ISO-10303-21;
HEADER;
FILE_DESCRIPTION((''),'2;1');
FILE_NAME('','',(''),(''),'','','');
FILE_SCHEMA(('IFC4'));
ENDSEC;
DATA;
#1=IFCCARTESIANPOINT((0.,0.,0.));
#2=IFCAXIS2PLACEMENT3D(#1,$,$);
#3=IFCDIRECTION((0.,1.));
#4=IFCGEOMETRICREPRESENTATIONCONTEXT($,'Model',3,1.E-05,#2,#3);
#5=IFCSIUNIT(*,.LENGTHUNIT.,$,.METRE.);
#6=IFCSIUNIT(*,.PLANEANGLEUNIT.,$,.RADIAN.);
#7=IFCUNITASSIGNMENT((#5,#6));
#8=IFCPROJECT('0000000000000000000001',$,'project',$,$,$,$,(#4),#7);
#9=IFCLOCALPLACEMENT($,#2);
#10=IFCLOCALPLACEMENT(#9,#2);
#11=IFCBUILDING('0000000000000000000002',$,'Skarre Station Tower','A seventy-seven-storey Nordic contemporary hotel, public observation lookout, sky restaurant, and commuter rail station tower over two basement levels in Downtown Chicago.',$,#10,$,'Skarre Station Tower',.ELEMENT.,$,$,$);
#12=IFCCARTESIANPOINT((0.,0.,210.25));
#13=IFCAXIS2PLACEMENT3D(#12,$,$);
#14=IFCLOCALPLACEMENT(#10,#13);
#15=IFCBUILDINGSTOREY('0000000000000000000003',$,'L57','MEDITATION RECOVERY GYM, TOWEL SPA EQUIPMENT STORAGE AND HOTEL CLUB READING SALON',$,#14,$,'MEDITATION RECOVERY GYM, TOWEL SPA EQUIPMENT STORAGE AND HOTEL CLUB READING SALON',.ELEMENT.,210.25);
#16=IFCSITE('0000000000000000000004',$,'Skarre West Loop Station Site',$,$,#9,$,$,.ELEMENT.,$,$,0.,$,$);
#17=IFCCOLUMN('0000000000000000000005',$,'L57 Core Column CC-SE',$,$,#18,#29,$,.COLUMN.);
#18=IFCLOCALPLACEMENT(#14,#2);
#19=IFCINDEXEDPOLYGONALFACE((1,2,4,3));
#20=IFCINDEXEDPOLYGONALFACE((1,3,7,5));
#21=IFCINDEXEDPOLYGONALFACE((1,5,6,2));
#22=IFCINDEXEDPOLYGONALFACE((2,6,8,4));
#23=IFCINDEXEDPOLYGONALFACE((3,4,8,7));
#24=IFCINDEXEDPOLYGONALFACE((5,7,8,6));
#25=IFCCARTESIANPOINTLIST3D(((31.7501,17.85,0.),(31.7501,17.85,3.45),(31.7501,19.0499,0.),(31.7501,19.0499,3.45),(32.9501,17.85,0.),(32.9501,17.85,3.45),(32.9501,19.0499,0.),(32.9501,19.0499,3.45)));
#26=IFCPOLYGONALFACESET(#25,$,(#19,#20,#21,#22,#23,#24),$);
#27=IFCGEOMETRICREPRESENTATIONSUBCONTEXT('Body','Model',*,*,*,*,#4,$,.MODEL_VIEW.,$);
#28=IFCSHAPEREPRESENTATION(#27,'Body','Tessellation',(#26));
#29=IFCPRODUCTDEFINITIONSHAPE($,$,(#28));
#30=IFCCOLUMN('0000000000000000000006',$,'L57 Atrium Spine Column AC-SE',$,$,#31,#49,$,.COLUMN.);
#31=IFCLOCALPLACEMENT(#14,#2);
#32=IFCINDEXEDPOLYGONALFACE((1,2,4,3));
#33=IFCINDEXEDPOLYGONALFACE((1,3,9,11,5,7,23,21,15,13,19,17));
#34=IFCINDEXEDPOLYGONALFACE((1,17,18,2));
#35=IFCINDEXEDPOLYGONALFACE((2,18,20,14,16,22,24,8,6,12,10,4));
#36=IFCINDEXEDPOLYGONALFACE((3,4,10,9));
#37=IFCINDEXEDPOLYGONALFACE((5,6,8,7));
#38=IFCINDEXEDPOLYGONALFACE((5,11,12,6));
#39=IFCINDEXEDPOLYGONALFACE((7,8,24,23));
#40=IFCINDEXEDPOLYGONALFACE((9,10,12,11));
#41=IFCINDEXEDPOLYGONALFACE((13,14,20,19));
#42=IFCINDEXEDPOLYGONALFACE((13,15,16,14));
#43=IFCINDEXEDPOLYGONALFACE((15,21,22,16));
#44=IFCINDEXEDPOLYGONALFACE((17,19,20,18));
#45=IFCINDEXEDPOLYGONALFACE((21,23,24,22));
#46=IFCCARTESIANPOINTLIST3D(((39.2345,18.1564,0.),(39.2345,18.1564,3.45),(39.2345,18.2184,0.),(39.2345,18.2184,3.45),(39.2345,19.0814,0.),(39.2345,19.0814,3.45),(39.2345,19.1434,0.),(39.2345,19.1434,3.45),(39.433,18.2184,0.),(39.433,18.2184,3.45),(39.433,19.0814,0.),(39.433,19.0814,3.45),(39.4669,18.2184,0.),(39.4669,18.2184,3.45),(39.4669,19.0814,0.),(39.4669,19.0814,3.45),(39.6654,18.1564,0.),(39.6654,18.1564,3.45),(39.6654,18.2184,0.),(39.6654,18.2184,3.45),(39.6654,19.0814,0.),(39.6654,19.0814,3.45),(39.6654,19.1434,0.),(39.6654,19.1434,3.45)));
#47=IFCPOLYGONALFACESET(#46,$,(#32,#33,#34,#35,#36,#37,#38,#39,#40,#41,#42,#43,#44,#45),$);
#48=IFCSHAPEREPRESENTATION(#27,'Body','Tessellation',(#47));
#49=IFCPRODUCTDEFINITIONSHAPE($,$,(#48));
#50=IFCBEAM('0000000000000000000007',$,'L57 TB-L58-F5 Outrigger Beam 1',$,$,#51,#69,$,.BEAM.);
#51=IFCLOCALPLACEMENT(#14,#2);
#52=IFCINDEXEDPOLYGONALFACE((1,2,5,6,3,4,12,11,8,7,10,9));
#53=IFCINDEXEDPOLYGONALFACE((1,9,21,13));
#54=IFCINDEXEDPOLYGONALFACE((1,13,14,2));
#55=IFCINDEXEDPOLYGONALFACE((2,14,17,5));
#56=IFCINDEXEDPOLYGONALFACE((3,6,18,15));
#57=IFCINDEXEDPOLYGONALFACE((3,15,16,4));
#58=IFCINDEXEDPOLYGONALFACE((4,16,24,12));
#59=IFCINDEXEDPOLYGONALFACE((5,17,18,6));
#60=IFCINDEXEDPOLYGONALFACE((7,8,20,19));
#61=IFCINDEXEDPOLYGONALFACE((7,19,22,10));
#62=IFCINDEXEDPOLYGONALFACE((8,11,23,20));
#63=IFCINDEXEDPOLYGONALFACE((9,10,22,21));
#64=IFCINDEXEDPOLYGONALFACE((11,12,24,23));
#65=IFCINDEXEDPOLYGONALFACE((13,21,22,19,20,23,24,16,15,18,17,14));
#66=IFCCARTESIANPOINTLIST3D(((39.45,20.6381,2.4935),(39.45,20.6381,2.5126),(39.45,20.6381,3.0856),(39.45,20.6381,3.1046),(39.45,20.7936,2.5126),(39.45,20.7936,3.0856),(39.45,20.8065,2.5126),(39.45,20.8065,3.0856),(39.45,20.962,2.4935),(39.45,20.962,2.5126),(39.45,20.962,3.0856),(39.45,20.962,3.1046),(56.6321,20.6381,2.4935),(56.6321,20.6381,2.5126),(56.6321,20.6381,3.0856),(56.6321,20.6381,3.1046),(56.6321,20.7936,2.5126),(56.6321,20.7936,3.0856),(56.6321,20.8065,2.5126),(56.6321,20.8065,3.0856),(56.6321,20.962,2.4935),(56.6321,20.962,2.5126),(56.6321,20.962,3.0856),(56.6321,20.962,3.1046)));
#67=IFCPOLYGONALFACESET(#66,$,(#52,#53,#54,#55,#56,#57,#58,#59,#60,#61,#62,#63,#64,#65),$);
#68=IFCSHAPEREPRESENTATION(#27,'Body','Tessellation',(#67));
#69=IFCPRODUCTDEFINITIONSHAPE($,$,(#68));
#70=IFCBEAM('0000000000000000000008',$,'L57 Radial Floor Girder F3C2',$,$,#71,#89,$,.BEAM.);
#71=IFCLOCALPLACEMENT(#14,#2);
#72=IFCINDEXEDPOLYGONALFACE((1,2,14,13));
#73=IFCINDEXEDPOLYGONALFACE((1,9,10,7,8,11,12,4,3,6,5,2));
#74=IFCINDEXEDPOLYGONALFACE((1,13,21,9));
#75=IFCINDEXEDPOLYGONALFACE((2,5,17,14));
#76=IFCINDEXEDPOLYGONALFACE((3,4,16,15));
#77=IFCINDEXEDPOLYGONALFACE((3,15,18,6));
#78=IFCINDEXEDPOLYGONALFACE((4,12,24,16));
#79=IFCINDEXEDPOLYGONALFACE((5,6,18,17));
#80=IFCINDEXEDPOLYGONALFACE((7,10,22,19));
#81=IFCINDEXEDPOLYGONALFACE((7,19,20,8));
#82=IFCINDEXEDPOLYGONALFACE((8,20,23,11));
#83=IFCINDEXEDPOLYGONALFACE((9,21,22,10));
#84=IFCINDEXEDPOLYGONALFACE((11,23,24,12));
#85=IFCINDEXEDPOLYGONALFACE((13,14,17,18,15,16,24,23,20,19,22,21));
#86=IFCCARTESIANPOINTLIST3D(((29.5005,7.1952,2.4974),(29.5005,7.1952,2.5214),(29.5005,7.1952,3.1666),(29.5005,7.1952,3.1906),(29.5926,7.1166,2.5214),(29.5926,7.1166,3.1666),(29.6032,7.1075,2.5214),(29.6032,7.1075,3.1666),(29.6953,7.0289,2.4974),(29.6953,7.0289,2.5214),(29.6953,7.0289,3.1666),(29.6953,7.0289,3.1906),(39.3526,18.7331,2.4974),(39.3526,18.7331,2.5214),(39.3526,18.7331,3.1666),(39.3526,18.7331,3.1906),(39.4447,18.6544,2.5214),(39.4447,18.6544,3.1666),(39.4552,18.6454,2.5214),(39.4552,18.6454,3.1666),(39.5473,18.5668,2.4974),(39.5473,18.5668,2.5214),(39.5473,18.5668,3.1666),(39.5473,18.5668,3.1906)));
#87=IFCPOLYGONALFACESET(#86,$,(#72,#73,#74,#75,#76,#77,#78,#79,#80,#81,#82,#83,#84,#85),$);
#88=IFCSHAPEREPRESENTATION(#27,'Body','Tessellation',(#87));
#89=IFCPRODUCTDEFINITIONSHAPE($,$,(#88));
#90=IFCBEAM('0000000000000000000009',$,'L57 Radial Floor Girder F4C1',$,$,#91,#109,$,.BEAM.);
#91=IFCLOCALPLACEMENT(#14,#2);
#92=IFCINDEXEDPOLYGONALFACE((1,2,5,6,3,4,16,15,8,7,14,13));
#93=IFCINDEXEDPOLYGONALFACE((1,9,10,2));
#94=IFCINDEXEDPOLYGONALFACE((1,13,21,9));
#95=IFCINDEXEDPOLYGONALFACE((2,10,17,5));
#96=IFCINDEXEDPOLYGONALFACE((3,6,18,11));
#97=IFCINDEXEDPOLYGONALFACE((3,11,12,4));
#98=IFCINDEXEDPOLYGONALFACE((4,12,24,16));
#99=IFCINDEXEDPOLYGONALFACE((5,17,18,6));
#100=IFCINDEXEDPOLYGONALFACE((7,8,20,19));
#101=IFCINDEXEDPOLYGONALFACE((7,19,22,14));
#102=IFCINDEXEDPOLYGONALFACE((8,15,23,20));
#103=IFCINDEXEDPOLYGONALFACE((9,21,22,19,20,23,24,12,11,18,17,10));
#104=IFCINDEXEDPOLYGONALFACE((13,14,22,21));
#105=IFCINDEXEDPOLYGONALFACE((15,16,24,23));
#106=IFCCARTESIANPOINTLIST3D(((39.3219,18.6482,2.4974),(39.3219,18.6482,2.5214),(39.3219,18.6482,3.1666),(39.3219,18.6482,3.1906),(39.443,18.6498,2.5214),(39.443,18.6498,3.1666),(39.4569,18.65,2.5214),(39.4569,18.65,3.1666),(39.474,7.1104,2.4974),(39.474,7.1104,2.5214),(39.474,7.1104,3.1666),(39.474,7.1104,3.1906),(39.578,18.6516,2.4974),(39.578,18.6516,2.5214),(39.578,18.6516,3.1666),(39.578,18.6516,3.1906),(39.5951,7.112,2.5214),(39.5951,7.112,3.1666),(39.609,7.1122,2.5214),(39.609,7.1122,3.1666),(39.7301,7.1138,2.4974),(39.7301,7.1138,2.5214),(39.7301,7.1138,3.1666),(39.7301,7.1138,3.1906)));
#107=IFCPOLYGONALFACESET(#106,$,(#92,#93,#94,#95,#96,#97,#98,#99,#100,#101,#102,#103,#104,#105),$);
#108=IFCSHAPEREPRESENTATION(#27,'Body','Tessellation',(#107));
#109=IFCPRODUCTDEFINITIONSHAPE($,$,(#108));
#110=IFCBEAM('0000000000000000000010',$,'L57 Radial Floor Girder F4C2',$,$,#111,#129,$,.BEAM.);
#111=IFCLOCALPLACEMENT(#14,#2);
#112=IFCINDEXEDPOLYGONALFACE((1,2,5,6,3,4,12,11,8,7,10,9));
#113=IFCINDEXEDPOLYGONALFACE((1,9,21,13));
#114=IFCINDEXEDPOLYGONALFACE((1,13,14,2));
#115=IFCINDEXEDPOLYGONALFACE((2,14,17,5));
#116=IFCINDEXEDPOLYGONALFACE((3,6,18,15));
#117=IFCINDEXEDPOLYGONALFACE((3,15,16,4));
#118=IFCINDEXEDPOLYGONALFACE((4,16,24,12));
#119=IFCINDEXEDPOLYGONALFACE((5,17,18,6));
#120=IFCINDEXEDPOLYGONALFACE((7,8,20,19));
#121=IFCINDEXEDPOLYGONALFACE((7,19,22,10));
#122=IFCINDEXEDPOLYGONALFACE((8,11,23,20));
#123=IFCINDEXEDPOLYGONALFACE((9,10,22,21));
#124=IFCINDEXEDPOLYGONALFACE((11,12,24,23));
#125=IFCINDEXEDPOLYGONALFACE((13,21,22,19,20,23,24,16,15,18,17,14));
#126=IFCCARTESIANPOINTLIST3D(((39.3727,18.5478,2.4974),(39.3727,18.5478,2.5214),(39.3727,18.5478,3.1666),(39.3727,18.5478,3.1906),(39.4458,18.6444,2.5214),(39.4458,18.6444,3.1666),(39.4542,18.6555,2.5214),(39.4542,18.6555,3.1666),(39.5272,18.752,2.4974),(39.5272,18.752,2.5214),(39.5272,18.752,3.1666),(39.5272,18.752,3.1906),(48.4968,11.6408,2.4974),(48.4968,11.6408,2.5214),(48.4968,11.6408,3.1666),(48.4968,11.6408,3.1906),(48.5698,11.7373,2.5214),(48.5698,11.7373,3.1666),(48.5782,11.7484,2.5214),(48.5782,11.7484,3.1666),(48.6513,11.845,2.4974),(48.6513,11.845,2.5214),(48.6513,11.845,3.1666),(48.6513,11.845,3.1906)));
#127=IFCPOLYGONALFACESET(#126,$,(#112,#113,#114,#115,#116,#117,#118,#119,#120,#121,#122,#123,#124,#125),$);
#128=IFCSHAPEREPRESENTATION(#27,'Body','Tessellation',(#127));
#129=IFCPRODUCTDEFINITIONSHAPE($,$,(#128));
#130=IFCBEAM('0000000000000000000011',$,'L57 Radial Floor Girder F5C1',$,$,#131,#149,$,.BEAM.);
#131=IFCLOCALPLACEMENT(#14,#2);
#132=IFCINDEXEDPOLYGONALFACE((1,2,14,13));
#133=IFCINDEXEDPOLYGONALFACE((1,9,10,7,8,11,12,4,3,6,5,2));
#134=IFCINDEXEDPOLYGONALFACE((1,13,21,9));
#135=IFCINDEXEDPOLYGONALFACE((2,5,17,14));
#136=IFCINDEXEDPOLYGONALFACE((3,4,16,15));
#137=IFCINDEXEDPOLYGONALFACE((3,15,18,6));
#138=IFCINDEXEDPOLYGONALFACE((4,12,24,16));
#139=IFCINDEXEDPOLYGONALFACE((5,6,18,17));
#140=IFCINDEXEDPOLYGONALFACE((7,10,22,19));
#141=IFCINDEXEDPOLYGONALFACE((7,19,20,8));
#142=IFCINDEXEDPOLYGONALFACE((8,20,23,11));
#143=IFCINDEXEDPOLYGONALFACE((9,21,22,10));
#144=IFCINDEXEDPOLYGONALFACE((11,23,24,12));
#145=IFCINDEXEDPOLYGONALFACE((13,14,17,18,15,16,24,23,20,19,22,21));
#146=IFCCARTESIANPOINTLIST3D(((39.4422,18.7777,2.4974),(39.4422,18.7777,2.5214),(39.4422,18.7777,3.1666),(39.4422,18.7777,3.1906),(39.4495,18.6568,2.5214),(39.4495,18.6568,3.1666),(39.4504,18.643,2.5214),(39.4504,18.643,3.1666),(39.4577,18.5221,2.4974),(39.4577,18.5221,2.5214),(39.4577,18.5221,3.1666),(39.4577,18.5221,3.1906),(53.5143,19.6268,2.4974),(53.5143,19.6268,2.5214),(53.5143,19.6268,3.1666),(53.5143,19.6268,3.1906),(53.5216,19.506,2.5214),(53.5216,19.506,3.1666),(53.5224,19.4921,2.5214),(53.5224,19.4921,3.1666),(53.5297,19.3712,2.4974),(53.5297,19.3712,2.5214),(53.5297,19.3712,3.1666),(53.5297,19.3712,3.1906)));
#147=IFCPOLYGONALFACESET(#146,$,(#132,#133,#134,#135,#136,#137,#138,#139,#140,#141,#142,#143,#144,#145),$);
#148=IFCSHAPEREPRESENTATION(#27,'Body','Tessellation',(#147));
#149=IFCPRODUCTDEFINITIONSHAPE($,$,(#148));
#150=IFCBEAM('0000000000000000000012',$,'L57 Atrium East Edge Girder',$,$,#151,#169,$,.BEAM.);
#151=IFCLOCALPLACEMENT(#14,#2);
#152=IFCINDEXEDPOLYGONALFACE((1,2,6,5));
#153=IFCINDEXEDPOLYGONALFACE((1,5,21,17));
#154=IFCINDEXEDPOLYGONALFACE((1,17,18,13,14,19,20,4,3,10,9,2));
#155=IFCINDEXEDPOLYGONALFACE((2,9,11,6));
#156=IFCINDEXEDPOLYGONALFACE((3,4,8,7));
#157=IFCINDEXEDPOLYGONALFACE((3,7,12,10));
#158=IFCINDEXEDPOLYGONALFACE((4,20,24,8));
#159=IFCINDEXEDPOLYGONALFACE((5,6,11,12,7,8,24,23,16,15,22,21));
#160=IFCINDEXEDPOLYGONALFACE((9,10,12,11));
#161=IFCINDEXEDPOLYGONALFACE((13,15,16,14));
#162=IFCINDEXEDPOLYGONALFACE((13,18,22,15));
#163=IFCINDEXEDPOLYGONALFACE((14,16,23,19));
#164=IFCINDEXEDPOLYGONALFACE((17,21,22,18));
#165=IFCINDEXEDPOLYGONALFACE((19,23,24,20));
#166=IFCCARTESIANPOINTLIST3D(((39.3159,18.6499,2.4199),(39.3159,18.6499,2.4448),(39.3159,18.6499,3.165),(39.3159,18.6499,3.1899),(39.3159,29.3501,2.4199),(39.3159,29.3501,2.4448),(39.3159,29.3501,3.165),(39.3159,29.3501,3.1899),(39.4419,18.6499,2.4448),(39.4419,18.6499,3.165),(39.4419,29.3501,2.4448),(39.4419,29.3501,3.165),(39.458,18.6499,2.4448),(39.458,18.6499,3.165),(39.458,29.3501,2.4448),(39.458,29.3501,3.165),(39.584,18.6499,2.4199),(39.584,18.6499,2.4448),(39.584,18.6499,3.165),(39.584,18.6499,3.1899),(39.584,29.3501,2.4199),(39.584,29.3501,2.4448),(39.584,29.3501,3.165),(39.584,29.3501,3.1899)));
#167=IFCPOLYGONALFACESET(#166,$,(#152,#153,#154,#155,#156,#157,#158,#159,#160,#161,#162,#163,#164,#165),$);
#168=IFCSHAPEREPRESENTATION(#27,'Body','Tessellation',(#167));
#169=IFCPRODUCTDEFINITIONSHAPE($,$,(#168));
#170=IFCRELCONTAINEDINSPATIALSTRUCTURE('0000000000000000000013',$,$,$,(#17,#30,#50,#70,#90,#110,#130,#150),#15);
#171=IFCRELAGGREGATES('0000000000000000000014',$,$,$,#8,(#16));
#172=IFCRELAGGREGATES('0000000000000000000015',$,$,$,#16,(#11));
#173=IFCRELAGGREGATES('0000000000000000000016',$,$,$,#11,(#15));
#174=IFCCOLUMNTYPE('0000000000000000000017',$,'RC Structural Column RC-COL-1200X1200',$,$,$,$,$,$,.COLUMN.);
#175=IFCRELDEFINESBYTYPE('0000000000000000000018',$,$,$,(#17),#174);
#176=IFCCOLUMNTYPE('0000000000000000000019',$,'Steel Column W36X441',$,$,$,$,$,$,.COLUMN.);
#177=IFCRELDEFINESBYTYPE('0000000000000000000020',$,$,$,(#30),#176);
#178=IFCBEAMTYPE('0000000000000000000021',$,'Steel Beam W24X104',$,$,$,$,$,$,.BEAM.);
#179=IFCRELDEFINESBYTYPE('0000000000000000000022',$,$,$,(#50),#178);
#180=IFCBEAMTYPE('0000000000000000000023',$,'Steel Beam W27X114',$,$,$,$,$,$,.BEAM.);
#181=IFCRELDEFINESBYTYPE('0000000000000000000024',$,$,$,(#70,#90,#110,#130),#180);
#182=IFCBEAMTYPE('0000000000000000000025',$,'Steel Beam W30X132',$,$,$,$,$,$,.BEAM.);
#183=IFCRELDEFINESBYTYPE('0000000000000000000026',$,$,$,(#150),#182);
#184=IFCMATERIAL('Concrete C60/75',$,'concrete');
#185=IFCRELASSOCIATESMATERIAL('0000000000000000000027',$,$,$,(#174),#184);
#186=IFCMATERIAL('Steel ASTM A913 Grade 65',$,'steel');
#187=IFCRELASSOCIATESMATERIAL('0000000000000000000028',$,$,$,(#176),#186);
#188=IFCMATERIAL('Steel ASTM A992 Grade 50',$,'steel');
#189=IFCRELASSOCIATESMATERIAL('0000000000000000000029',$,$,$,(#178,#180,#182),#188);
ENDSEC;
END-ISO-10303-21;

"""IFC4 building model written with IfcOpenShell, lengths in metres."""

from ifc_helpers import new_model, si_unit, direction, frame, origin, origin_2d, place, context, subcontext, project, spatial, rectangle, i_section, extrude, material, material_profile, profile_set, type_object, element, save


model = new_model("IFC4")

# Units and contexts
model_context = context("Model", 3, precision=1e-05, world=origin(), true_north=direction((0.0, 1.0)))
body_context = subcontext(model_context, "Body", "Model", "MODEL_VIEW")
ifc_project = project(units=[si_unit("LENGTHUNIT", "METRE"), si_unit("PLANEANGLEUNIT", "RADIAN")], contexts=[model_context])

# Site, building, storey
site_placement = place(None, origin())
site = spatial("IfcSite", under=ifc_project, at=site_placement, Name="Skarre West Loop Station Site", CompositionType="ELEMENT", RefElevation=0.0)
building_placement = place(site_placement, origin())
building = spatial("IfcBuilding", under=site, at=building_placement, Name="Skarre Station Tower", Description="A seventy-seven-storey Nordic contemporary hotel, public observation lookout, sky restaurant, and commuter rail station tower over two basement levels in Downtown Chicago.", LongName="Skarre Station Tower", CompositionType="ELEMENT")
storey_placement = place(building_placement, frame((0.0, 0.0, 210.25)))
storey = spatial("IfcBuildingStorey", under=building, at=storey_placement, Name="L57", Description="MEDITATION RECOVERY GYM, TOWEL SPA EQUIPMENT STORAGE AND HOTEL CLUB READING SALON", LongName="MEDITATION RECOVERY GYM, TOWEL SPA EQUIPMENT STORAGE AND HOTEL CLUB READING SALON", CompositionType="ELEMENT", Elevation=210.25)

# Columns
ifc_material_1 = material(Name="Concrete C60/75", Category="concrete")
ifc_material_profile_1 = material_profile(ifc_material_1, rectangle(XDim=1.2, YDim=1.2, at=origin_2d()), Name="Concrete C60/75")
ifc_profile_set_1 = profile_set([ifc_material_profile_1], Name="Concrete C60/75")
column_type_1 = type_object("IfcColumnType", Name="RC Structural Column RC-COL-1200X1200", PredefinedType="COLUMN", material=ifc_profile_set_1)
column_1_placement = place(storey_placement, frame((32.3501, 18.45, 0.0), z_axis=(0.0, 0.0, 1.0), x_axis=(1.0, 0.0, 0.0)))
element("IfcColumn", 1, at=column_1_placement, inside=storey, type_object=column_type_1, Name="L57 Core Column CC-SE", PredefinedType="COLUMN", context=body_context, shape_type="SweptSolid", body=[
    extrude(rectangle(XDim=1.2, YDim=1.2, at=origin_2d()), origin(), (0.0, 0.0, 1.0), 3.45),
])
ifc_material_2 = material(Name="Steel ASTM A913 Grade 65", Category="steel")
ifc_material_profile_2 = material_profile(ifc_material_2, i_section(OverallWidth=0.4309, OverallDepth=0.9871, WebThickness=0.0339, FlangeThickness=0.062, at=origin_2d()), Name="Steel ASTM A913 Grade 65")
ifc_profile_set_2 = profile_set([ifc_material_profile_2], Name="Steel ASTM A913 Grade 65")
column_type_2 = type_object("IfcColumnType", Name="Steel Column W36X441", PredefinedType="COLUMN", material=ifc_profile_set_2)
column_2_placement = place(storey_placement, frame((39.45, 18.6499, 0.0), z_axis=(0.0, 0.0, 1.0), x_axis=(1.0, 0.0, 0.0)))
element("IfcColumn", 2, at=column_2_placement, inside=storey, type_object=column_type_2, Name="L57 Atrium Spine Column AC-SE", PredefinedType="COLUMN", context=body_context, shape_type="SweptSolid", body=[
    extrude(i_section(OverallWidth=0.4309, OverallDepth=0.9871, WebThickness=0.0339, FlangeThickness=0.062, at=origin_2d()), origin(), (0.0, 0.0, 1.0), 3.45),
])

# Beams
ifc_material_3 = material(Name="Steel ASTM A992 Grade 50", Category="steel")
ifc_material_profile_3 = material_profile(ifc_material_3, i_section(OverallWidth=0.324, OverallDepth=0.6111, WebThickness=0.0129, FlangeThickness=0.019, at=origin_2d()), Name="Steel ASTM A992 Grade 50")
ifc_profile_set_3 = profile_set([ifc_material_profile_3], Name="Steel ASTM A992 Grade 50")
beam_type_1 = type_object("IfcBeamType", Name="Steel Beam W24X104", PredefinedType="BEAM", material=ifc_profile_set_3)
beam_1_placement = place(storey_placement, frame((39.45, 20.8, 2.7991), z_axis=(1.0, 0.0, 0.0), x_axis=(0.0, 1.0, 0.0)))
element("IfcBeam", 3, at=beam_1_placement, inside=storey, type_object=beam_type_1, Name="L57 TB-L58-F5 Outrigger Beam 1", PredefinedType="BEAM", context=body_context, shape_type="SweptSolid", body=[
    extrude(i_section(OverallWidth=0.324, OverallDepth=0.6111, WebThickness=0.0129, FlangeThickness=0.019, at=origin_2d()), origin(), (0.0, 0.0, 1.0), 17.1821),
])
ifc_material_profile_4 = material_profile(ifc_material_3, i_section(OverallWidth=0.2561, OverallDepth=0.6931, WebThickness=0.0139, FlangeThickness=0.0239, at=origin_2d()), Name="Steel ASTM A992 Grade 50")
ifc_profile_set_4 = profile_set([ifc_material_profile_4], Name="Steel ASTM A992 Grade 50")
beam_type_2 = type_object("IfcBeamType", Name="Steel Beam W27X114", PredefinedType="BEAM", material=ifc_profile_set_4)
beam_2_placement = place(storey_placement, frame((39.45, 18.6499, 2.844), z_axis=(-0.649364, -0.760477, 0.0), x_axis=(0.760477, -0.649364, 0.0)))
element("IfcBeam", 4, at=beam_2_placement, inside=storey, type_object=beam_type_2, Name="L57 Radial Floor Girder F3C2", PredefinedType="BEAM", context=body_context, shape_type="SweptSolid", body=[
    extrude(i_section(OverallWidth=0.2561, OverallDepth=0.6931, WebThickness=0.0139, FlangeThickness=0.0239, at=origin_2d()), origin(), (0.0, 0.0, 1.0), 15.1719),
])
beam_3_placement = place(storey_placement, frame((39.45, 18.6499, 2.844), z_axis=(0.013182, -0.999913, 0.0), x_axis=(0.999913, 0.013182, 0.0)))
element("IfcBeam", 5, at=beam_3_placement, inside=storey, type_object=beam_type_2, Name="L57 Radial Floor Girder F4C1", PredefinedType="BEAM", context=body_context, shape_type="SweptSolid", body=[
    extrude(i_section(OverallWidth=0.2561, OverallDepth=0.6931, WebThickness=0.0139, FlangeThickness=0.0239, at=origin_2d()), origin(), (0.0, 0.0, 1.0), 11.5388),
])
beam_4_placement = place(storey_placement, frame((39.45, 18.6499, 2.844), z_axis=(0.797309, -0.603571, 0.0), x_axis=(0.603571, 0.797309, 0.0)))
element("IfcBeam", 6, at=beam_4_placement, inside=storey, type_object=beam_type_2, Name="L57 Radial Floor Girder F4C2", PredefinedType="BEAM", context=body_context, shape_type="SweptSolid", body=[
    extrude(i_section(OverallWidth=0.2561, OverallDepth=0.6931, WebThickness=0.0139, FlangeThickness=0.0239, at=origin_2d()), origin(), (0.0, 0.0, 1.0), 11.4436),
])
beam_5_placement = place(storey_placement, frame((39.45, 18.6499, 2.844), z_axis=(0.998184, 0.060232, 0.0), x_axis=(-0.060232, 0.998184, 0.0)))
element("IfcBeam", 7, at=beam_5_placement, inside=storey, type_object=beam_type_2, Name="L57 Radial Floor Girder F5C1", PredefinedType="BEAM", context=body_context, shape_type="SweptSolid", body=[
    extrude(i_section(OverallWidth=0.2561, OverallDepth=0.6931, WebThickness=0.0139, FlangeThickness=0.0239, at=origin_2d()), origin(), (0.0, 0.0, 1.0), 14.0977),
])
ifc_material_profile_5 = material_profile(ifc_material_3, i_section(OverallWidth=0.2681, OverallDepth=0.77, WebThickness=0.0161, FlangeThickness=0.0249, at=origin_2d()), Name="Steel ASTM A992 Grade 50")
ifc_profile_set_5 = profile_set([ifc_material_profile_5], Name="Steel ASTM A992 Grade 50")
beam_type_3 = type_object("IfcBeamType", Name="Steel Beam W30X132", PredefinedType="BEAM", material=ifc_profile_set_5)
beam_6_placement = place(storey_placement, frame((39.45, 18.6499, 2.8049), z_axis=(0.0, 1.0, 0.0), x_axis=(-1.0, 0.0, 0.0)))
element("IfcBeam", 8, at=beam_6_placement, inside=storey, type_object=beam_type_3, Name="L57 Atrium East Edge Girder", PredefinedType="BEAM", context=body_context, shape_type="SweptSolid", body=[
    extrude(i_section(OverallWidth=0.2681, OverallDepth=0.77, WebThickness=0.0161, FlangeThickness=0.0249, at=origin_2d()), origin(), (0.0, 0.0, 1.0), 10.7002),
])

save(model, "model.ifc")
